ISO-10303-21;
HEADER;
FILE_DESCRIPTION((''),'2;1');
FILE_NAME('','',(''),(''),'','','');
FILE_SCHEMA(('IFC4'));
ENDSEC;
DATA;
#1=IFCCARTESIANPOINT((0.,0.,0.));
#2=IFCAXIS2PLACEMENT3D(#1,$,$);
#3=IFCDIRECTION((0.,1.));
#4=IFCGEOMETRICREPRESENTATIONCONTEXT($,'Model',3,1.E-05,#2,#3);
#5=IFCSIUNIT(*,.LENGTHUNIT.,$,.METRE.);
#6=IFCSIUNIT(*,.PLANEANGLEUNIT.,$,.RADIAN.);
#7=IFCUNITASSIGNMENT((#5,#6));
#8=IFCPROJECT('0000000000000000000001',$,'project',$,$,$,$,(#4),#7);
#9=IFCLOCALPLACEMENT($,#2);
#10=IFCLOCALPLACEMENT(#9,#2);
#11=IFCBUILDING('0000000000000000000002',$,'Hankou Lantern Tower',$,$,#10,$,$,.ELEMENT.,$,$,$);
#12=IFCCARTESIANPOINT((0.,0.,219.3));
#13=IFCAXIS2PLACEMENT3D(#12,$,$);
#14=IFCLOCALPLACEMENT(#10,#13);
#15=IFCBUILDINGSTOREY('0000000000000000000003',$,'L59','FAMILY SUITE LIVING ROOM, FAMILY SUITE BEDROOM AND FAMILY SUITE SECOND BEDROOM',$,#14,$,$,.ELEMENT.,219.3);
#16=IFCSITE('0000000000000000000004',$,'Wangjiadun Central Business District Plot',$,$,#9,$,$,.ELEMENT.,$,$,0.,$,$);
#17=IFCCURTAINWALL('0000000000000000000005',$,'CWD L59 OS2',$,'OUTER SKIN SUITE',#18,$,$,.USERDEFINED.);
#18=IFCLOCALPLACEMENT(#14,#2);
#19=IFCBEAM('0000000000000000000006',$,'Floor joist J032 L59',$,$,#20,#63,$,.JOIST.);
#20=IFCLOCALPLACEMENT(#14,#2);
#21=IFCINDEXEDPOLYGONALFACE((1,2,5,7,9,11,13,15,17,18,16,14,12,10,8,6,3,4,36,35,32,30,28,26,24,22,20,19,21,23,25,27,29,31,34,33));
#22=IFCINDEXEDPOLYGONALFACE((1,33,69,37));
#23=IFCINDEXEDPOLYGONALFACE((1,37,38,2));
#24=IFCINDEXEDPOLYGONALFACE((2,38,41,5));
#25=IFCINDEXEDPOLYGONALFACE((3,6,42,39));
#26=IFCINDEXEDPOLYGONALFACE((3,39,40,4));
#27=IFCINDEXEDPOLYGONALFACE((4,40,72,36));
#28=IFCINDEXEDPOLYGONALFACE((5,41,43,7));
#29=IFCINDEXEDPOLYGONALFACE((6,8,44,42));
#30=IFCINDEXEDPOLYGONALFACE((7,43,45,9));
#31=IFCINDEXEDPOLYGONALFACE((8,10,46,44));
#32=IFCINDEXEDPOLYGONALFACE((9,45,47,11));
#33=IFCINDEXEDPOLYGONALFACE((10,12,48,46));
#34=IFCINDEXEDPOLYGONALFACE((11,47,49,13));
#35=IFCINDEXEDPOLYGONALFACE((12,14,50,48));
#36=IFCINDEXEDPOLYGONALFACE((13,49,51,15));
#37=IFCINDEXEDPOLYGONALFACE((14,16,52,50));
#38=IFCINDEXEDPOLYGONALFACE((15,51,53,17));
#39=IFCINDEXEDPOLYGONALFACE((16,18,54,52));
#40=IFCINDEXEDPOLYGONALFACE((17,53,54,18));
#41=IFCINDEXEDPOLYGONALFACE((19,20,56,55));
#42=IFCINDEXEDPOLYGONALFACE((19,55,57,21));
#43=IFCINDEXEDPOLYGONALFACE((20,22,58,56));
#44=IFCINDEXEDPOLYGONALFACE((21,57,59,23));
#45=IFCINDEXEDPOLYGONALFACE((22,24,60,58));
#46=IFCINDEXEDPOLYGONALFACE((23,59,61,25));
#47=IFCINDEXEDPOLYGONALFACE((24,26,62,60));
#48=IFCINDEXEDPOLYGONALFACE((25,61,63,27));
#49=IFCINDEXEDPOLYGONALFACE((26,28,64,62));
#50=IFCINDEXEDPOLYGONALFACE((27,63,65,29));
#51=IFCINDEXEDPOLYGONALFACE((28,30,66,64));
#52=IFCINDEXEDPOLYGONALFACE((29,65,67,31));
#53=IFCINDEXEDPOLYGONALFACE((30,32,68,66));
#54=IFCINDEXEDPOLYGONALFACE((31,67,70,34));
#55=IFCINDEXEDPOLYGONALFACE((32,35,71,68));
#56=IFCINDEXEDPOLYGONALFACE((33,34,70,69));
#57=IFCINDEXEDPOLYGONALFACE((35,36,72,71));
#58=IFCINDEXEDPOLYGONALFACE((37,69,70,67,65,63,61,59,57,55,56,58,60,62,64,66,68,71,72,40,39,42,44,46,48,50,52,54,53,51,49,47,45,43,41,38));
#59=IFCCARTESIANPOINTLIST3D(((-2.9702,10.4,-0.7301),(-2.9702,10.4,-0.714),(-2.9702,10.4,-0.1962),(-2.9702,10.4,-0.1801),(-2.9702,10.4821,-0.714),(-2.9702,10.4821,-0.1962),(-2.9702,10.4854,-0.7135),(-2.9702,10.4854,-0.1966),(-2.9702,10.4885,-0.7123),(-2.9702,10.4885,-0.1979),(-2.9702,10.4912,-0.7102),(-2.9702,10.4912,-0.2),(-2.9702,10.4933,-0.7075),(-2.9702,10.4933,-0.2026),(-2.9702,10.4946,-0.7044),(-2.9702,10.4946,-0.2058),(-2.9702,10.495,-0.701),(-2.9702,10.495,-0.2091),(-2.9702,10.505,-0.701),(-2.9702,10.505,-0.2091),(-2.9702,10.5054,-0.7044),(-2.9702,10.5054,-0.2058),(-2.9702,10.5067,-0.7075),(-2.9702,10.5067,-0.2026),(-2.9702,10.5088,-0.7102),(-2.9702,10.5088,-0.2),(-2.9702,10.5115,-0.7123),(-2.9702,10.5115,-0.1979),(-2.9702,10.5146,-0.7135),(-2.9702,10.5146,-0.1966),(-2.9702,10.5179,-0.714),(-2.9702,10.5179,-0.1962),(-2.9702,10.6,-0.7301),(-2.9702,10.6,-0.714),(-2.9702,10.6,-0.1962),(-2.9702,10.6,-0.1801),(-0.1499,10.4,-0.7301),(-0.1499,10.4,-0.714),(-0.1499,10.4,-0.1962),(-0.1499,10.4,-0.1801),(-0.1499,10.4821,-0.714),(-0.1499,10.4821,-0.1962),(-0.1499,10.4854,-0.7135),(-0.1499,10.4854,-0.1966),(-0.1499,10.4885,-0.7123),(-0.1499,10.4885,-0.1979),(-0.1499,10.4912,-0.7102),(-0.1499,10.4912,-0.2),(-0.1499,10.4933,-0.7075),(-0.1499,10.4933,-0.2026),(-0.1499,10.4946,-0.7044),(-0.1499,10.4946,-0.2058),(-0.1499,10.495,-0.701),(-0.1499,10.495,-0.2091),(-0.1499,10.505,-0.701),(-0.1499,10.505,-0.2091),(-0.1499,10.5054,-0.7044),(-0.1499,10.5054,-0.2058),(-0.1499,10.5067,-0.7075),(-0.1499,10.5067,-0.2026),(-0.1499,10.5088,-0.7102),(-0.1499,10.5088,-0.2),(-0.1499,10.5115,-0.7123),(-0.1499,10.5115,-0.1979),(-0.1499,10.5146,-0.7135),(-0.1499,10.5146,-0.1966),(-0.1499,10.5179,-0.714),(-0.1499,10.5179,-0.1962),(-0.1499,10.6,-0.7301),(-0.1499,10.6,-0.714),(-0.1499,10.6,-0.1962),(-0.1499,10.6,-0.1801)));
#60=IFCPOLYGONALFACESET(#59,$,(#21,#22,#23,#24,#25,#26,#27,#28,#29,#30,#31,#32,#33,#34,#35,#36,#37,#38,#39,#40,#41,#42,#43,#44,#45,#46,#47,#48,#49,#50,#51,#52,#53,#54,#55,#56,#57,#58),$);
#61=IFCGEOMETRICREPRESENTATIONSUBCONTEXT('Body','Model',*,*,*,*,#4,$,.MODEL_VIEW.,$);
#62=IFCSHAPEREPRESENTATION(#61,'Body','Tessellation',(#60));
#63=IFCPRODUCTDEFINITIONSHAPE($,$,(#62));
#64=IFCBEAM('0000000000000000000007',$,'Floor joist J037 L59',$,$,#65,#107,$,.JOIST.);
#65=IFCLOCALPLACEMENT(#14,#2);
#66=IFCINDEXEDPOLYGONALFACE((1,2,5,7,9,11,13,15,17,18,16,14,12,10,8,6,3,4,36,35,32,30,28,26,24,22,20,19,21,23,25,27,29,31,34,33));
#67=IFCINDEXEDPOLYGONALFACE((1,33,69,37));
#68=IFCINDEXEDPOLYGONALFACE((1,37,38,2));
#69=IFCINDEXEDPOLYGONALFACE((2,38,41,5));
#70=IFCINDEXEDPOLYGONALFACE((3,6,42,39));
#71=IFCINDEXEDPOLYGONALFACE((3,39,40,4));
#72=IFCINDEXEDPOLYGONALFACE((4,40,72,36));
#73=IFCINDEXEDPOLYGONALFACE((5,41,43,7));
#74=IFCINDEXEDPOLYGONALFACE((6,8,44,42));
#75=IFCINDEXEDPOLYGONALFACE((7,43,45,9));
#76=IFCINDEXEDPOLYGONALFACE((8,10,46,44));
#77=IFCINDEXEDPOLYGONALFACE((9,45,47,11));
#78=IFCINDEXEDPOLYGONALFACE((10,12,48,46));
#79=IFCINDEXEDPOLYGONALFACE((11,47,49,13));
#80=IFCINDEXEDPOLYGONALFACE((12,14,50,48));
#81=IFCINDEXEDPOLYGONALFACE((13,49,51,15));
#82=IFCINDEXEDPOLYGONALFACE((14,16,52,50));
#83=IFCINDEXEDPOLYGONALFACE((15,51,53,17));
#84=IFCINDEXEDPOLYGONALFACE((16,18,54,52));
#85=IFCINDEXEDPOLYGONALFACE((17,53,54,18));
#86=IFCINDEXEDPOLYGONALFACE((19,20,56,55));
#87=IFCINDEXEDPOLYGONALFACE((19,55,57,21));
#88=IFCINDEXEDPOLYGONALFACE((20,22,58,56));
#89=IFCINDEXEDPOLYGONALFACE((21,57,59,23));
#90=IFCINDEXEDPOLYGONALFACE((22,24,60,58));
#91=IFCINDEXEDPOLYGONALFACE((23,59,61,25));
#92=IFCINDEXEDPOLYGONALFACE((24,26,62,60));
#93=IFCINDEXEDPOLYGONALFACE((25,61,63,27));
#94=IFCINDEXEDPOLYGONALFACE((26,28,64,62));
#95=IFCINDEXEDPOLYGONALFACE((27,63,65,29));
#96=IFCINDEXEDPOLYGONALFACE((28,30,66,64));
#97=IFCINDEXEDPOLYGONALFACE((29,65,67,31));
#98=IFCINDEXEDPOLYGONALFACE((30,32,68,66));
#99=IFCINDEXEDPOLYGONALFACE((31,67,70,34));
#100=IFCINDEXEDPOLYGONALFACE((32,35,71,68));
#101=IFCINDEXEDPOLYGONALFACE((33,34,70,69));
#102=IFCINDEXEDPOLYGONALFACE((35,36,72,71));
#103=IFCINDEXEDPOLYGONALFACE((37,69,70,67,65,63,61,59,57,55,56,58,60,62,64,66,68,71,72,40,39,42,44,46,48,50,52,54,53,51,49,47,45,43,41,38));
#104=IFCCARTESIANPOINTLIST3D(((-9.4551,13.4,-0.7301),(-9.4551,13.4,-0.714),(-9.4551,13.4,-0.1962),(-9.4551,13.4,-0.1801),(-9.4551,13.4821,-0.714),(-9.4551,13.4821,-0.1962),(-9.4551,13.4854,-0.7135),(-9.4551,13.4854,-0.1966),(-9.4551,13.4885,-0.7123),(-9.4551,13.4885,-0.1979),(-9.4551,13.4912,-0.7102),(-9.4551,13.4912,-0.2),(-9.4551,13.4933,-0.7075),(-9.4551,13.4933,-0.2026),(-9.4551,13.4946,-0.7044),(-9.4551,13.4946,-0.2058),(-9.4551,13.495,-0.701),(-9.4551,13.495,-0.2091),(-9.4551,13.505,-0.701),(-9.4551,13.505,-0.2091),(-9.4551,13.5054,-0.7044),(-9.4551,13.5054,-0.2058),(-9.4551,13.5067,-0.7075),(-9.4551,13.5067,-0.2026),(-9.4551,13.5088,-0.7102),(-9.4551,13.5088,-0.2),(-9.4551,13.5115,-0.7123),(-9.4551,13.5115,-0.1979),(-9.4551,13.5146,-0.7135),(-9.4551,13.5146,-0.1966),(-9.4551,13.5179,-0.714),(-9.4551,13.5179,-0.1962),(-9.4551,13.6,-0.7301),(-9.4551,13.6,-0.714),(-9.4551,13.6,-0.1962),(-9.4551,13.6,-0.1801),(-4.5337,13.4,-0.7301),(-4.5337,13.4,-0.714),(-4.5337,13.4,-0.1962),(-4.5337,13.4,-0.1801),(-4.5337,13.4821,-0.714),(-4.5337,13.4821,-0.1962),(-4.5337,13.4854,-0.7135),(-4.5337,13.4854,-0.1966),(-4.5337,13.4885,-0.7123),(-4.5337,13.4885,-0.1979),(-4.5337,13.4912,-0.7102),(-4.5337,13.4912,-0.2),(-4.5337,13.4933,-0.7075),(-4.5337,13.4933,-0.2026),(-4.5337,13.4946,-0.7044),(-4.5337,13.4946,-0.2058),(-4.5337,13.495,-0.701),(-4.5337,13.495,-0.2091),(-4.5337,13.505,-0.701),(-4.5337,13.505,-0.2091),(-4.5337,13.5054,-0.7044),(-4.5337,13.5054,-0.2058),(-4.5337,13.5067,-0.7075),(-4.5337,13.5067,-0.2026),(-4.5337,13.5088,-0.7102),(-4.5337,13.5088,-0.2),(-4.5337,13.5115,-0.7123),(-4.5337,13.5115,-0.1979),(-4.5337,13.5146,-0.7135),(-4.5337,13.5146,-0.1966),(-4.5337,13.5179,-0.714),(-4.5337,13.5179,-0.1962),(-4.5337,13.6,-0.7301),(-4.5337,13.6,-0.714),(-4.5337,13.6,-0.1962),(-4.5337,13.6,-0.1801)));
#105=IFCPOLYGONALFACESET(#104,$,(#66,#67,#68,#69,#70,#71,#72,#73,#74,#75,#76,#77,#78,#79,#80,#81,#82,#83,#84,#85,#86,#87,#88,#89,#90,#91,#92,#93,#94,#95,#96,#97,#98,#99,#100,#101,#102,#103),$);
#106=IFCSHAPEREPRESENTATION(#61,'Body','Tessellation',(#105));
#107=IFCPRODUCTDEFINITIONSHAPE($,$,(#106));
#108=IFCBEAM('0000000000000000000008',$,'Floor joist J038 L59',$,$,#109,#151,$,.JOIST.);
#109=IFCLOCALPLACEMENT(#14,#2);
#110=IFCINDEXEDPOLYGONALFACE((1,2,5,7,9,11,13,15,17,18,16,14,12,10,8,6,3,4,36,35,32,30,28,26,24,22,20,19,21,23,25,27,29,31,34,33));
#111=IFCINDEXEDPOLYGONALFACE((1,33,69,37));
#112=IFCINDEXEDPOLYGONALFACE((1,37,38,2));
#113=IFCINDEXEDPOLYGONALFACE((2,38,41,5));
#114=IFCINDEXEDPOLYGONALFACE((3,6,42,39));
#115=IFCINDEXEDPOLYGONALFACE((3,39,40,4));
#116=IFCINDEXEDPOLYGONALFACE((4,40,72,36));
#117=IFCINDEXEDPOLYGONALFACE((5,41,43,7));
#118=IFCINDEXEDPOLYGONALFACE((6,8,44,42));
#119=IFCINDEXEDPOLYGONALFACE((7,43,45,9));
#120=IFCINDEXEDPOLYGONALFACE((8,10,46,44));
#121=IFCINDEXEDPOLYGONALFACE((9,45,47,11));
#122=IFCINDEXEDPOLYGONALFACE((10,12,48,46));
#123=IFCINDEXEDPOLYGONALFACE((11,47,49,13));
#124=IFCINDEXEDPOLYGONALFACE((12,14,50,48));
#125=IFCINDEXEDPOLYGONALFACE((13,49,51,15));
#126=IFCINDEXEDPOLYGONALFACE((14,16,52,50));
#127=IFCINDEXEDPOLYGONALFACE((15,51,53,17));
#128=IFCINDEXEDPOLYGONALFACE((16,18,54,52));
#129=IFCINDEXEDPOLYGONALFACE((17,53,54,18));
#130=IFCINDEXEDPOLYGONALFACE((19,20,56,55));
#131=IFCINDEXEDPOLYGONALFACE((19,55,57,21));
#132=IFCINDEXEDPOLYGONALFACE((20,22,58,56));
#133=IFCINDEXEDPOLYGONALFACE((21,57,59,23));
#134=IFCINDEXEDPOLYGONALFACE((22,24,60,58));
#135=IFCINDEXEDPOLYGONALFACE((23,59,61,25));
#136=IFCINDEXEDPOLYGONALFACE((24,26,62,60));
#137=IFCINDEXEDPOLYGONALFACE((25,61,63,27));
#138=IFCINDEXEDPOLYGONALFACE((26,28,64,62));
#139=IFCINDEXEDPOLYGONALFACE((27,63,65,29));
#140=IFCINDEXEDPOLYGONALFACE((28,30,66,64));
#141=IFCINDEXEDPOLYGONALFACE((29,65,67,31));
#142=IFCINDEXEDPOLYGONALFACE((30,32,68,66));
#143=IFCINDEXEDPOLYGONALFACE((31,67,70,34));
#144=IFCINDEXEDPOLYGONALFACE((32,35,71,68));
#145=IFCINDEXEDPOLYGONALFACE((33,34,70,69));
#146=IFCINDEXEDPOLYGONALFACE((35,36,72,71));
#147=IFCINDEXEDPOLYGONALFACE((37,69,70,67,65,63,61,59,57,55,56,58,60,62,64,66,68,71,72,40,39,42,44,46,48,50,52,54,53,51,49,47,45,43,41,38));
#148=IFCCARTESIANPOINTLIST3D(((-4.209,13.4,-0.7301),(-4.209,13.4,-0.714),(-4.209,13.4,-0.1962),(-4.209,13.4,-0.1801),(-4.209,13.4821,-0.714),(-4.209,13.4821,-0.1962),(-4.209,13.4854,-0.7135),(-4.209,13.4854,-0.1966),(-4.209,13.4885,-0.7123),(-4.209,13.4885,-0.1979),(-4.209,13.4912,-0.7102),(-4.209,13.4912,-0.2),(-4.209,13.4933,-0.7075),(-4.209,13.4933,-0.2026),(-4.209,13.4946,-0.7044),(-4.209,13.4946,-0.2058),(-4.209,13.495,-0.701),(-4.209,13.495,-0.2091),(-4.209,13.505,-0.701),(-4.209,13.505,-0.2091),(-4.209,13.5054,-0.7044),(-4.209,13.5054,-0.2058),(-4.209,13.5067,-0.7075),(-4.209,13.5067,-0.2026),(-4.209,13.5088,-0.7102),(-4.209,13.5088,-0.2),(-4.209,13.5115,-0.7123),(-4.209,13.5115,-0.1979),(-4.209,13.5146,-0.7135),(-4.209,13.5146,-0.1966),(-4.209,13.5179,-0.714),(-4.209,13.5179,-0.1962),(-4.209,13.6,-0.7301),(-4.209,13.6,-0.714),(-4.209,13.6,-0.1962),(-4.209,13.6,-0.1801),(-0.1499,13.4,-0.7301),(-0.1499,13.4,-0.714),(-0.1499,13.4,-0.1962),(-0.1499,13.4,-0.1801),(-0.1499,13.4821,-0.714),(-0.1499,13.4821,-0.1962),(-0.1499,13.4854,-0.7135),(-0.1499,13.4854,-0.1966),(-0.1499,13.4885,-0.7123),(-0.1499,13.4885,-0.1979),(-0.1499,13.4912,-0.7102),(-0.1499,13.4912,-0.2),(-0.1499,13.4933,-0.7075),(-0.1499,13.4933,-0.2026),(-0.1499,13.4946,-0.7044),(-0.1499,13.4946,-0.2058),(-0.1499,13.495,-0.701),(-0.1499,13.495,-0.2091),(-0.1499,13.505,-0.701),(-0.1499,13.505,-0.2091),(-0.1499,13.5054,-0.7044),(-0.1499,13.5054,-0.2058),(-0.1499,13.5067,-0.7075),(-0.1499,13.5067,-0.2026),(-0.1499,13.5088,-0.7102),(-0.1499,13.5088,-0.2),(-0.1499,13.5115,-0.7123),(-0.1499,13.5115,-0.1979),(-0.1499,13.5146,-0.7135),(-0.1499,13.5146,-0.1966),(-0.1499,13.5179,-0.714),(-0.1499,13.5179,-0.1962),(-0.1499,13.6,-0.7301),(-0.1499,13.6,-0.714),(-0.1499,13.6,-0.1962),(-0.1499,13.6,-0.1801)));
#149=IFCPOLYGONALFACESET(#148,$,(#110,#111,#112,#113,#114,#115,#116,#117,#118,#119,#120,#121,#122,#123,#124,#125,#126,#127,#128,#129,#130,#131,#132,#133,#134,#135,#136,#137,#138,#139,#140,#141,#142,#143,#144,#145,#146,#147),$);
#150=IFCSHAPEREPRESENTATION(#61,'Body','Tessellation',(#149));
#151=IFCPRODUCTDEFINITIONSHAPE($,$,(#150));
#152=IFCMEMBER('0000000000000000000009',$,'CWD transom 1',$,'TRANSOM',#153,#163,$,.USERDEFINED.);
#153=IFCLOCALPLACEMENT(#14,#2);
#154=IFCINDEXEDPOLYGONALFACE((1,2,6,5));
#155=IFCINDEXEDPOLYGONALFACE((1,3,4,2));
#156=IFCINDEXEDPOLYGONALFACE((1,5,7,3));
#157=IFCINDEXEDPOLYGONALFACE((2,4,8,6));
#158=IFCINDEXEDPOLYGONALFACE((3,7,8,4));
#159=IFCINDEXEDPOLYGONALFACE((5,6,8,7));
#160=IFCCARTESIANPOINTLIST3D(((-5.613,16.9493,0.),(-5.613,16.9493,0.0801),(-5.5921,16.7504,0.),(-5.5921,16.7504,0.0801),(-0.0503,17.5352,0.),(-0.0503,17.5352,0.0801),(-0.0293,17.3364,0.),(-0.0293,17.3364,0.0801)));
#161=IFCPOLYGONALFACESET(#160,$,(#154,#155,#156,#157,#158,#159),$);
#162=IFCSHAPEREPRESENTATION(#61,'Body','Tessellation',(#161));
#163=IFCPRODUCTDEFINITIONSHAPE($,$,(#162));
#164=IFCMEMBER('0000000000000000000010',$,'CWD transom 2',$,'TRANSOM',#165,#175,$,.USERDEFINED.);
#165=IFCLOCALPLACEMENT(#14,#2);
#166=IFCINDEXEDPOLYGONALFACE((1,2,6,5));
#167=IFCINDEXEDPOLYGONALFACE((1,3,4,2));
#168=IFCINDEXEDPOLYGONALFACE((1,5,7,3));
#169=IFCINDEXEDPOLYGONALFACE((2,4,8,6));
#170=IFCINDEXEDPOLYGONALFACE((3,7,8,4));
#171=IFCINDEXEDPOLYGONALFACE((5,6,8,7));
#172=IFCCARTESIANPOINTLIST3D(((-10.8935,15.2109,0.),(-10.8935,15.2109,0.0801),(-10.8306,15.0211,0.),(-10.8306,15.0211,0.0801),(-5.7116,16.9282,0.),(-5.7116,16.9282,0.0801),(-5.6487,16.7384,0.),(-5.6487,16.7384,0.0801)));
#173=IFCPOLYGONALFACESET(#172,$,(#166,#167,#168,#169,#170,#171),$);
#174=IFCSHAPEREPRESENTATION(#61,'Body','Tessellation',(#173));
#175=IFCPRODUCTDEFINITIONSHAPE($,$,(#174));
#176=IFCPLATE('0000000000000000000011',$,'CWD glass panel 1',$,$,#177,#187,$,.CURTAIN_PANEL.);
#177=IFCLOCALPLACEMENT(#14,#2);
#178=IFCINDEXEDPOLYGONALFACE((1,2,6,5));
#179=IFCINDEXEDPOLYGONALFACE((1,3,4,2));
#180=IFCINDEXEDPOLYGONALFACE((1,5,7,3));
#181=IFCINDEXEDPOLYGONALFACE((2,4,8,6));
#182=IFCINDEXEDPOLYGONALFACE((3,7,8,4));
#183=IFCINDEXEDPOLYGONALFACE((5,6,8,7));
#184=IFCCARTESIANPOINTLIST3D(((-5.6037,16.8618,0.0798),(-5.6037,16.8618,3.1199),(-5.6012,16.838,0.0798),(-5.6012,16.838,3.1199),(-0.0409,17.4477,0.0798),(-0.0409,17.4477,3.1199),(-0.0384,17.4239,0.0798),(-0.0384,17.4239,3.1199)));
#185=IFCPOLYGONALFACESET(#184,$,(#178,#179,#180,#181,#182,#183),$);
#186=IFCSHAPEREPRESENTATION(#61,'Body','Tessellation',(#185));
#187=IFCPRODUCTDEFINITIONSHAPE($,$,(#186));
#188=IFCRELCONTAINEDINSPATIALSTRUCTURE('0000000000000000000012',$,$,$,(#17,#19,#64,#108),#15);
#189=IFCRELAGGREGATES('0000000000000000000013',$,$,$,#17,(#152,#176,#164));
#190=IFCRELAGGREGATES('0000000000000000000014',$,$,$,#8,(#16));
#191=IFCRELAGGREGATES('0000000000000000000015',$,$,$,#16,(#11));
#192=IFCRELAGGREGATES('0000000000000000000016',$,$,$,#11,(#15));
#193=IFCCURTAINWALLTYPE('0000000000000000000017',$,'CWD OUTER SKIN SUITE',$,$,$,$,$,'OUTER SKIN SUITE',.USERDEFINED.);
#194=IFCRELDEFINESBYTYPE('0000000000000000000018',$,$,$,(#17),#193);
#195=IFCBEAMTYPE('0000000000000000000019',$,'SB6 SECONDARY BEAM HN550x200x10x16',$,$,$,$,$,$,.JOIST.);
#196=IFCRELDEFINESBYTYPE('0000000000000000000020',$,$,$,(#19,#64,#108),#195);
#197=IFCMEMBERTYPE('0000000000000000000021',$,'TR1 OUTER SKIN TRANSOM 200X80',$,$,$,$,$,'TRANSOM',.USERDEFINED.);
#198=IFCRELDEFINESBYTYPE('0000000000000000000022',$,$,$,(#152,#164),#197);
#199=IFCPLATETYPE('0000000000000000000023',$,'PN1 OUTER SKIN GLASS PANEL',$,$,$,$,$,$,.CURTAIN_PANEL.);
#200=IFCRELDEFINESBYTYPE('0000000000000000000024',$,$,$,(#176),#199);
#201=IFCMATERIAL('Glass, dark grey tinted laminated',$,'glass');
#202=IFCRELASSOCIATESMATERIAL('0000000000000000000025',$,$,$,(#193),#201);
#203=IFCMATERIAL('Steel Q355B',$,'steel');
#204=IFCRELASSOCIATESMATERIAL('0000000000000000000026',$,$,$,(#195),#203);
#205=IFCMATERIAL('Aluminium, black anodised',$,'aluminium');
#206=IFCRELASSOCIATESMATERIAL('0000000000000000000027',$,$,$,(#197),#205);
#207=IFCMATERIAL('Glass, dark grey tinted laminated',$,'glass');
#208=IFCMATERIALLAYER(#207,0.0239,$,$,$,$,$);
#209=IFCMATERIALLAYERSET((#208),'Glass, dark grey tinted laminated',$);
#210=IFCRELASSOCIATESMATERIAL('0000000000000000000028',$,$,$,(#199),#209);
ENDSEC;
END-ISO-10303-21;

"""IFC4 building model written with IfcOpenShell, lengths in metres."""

from ifc_helpers import new_model, si_unit, direction, frame, origin, origin_2d, place, context, subcontext, project, spatial, rectangle, i_section, extrude, material, layer, layer_set, material_profile, profile_set, type_object, element, aggregate, save


model = new_model("IFC4")

# Units and contexts
model_context = context("Model", 3, precision=1e-05, world=origin(), true_north=direction((0.0, 1.0)))
body_context = subcontext(model_context, "Body", "Model", "MODEL_VIEW")
ifc_project = project(units=[si_unit("LENGTHUNIT", "METRE"), si_unit("PLANEANGLEUNIT", "RADIAN")], contexts=[model_context])

# Site, building, storey
site_placement = place(None, origin())
site = spatial("IfcSite", under=ifc_project, at=site_placement, Name="Wangjiadun Central Business District Plot", CompositionType="ELEMENT", RefElevation=0.0)
building_placement = place(site_placement, origin())
building = spatial("IfcBuilding", under=site, at=building_placement, Name="Hankou Lantern Tower", CompositionType="ELEMENT")
storey_placement = place(building_placement, frame((0.0, 0.0, 219.3)))
storey = spatial("IfcBuildingStorey", under=building, at=storey_placement, Name="L59", Description="FAMILY SUITE LIVING ROOM, FAMILY SUITE BEDROOM AND FAMILY SUITE SECOND BEDROOM", CompositionType="ELEMENT", Elevation=219.3)

# Curtain wall
ifc_material_1 = material(Name="Glass, dark grey tinted laminated", Category="glass")
curtain_wall_type = type_object("IfcCurtainWallType", Name="CWD OUTER SKIN SUITE", ElementType="OUTER SKIN SUITE", PredefinedType="USERDEFINED", material=ifc_material_1)
curtain_wall_placement = place(storey_placement, origin())
curtain_wall = element("IfcCurtainWall", 1, at=curtain_wall_placement, inside=storey, type_object=curtain_wall_type, Name="CWD L59 OS2", ObjectType="OUTER SKIN SUITE", PredefinedType="USERDEFINED")

# Beams
ifc_material_2 = material(Name="Steel Q355B", Category="steel")
ifc_material_profile_1 = material_profile(ifc_material_2, i_section(OverallWidth=0.2, OverallDepth=0.55, WebThickness=0.01, FlangeThickness=0.0161, FilletRadius=0.0129, at=origin_2d()), Name="HN550x200x10x16")
ifc_profile_set_1 = profile_set([ifc_material_profile_1], Name="Steel Q355B")
beam_type_1 = type_object("IfcBeamType", Name="SB6 SECONDARY BEAM HN550x200x10x16", PredefinedType="JOIST", material=ifc_profile_set_1)
beam_1_placement = place(storey_placement, frame((-2.9702, 10.5, -0.4551), z_axis=(1.0, 0.0, 0.0), x_axis=(0.0, 1.0, 0.0)))
element("IfcBeam", 2, at=beam_1_placement, inside=storey, type_object=beam_type_1, Name="Floor joist J032 L59", PredefinedType="JOIST", context=body_context, shape_type="SweptSolid", body=[
    extrude(i_section(OverallWidth=0.2, OverallDepth=0.55, WebThickness=0.01, FlangeThickness=0.0161, FilletRadius=0.0129, at=origin_2d()), origin(), (0.0, 0.0, 1.0), 2.8203),
])
beam_2_placement = place(storey_placement, frame((-9.4551, 13.5, -0.4551), z_axis=(1.0, 0.0, 0.0), x_axis=(0.0, 1.0, 0.0)))
element("IfcBeam", 3, at=beam_2_placement, inside=storey, type_object=beam_type_1, Name="Floor joist J037 L59", PredefinedType="JOIST", context=body_context, shape_type="SweptSolid", body=[
    extrude(i_section(OverallWidth=0.2, OverallDepth=0.55, WebThickness=0.01, FlangeThickness=0.0161, FilletRadius=0.0129, at=origin_2d()), origin(), (0.0, 0.0, 1.0), 4.9214),
])
beam_3_placement = place(storey_placement, frame((-4.209, 13.5, -0.4551), z_axis=(1.0, 0.0, 0.0), x_axis=(0.0, 1.0, 0.0)))
element("IfcBeam", 4, at=beam_3_placement, inside=storey, type_object=beam_type_1, Name="Floor joist J038 L59", PredefinedType="JOIST", context=body_context, shape_type="SweptSolid", body=[
    extrude(i_section(OverallWidth=0.2, OverallDepth=0.55, WebThickness=0.01, FlangeThickness=0.0161, FilletRadius=0.0129, at=origin_2d()), origin(), (0.0, 0.0, 1.0), 4.0591),
])

# Members
ifc_material_3 = material(Name="Aluminium, black anodised", Category="aluminium")
ifc_material_profile_2 = material_profile(ifc_material_3, rectangle(XDim=0.2, YDim=0.0801, at=origin_2d()), Name="TR1 200X80")
ifc_profile_set_2 = profile_set([ifc_material_profile_2], Name="Aluminium, black anodised")
member_type_1 = type_object("IfcMemberType", Name="TR1 OUTER SKIN TRANSOM 200X80", ElementType="TRANSOM", PredefinedType="USERDEFINED", material=ifc_profile_set_2)
member_1_placement = place(storey_placement, frame((-0.0398, 17.4358, 0.04), z_axis=(-0.994498, -0.104753, 0.0), x_axis=(0.104753, -0.994498, 0.0)))
member_1 = element("IfcMember", 5, at=member_1_placement, type_object=member_type_1, Name="CWD transom 1", ObjectType="TRANSOM", PredefinedType="USERDEFINED", context=body_context, shape_type="SweptSolid", body=[
    extrude(rectangle(XDim=0.2, YDim=0.0801, at=origin_2d()), origin(), (0.0, 0.0, 1.0), 5.5935),
])
member_2_placement = place(storey_placement, frame((-5.6802, 16.8333, 0.04), z_axis=(-0.949232, -0.314577, 0.0), x_axis=(0.314577, -0.949232, 0.0)))
member_2 = element("IfcMember", 6, at=member_2_placement, type_object=member_type_1, Name="CWD transom 2", ObjectType="TRANSOM", PredefinedType="USERDEFINED", context=body_context, shape_type="SweptSolid", body=[
    extrude(rectangle(XDim=0.2, YDim=0.0801, at=origin_2d()), origin(), (0.0, 0.0, 1.0), 5.459),
])

# Plate
ifc_material_4 = material(Name="Glass, dark grey tinted laminated", Category="glass")
ifc_layer_1 = layer(ifc_material_4, 0.0239)
ifc_layer_set_1 = layer_set([ifc_layer_1], Name="Glass, dark grey tinted laminated")
plate_type = type_object("IfcPlateType", Name="PN1 OUTER SKIN GLASS PANEL", PredefinedType="CURTAIN_PANEL", material=ifc_layer_set_1)
plate_1_placement = place(storey_placement, frame((-2.821, 17.1428, 0.0798), z_axis=(0.0, 0.0, 1.0), x_axis=(-0.994499, -0.104743, 0.0)))
plate_1 = element("IfcPlate", 7, at=plate_1_placement, type_object=plate_type, Name="CWD glass panel 1", PredefinedType="CURTAIN_PANEL", context=body_context, shape_type="SweptSolid", body=[
    extrude(rectangle(XDim=5.5935, YDim=0.0239, at=origin_2d()), origin(), (0.0, 0.0, 1.0), 3.04),
])
aggregate(curtain_wall, [member_1, plate_1, member_2])

save(model, "model.ifc")
